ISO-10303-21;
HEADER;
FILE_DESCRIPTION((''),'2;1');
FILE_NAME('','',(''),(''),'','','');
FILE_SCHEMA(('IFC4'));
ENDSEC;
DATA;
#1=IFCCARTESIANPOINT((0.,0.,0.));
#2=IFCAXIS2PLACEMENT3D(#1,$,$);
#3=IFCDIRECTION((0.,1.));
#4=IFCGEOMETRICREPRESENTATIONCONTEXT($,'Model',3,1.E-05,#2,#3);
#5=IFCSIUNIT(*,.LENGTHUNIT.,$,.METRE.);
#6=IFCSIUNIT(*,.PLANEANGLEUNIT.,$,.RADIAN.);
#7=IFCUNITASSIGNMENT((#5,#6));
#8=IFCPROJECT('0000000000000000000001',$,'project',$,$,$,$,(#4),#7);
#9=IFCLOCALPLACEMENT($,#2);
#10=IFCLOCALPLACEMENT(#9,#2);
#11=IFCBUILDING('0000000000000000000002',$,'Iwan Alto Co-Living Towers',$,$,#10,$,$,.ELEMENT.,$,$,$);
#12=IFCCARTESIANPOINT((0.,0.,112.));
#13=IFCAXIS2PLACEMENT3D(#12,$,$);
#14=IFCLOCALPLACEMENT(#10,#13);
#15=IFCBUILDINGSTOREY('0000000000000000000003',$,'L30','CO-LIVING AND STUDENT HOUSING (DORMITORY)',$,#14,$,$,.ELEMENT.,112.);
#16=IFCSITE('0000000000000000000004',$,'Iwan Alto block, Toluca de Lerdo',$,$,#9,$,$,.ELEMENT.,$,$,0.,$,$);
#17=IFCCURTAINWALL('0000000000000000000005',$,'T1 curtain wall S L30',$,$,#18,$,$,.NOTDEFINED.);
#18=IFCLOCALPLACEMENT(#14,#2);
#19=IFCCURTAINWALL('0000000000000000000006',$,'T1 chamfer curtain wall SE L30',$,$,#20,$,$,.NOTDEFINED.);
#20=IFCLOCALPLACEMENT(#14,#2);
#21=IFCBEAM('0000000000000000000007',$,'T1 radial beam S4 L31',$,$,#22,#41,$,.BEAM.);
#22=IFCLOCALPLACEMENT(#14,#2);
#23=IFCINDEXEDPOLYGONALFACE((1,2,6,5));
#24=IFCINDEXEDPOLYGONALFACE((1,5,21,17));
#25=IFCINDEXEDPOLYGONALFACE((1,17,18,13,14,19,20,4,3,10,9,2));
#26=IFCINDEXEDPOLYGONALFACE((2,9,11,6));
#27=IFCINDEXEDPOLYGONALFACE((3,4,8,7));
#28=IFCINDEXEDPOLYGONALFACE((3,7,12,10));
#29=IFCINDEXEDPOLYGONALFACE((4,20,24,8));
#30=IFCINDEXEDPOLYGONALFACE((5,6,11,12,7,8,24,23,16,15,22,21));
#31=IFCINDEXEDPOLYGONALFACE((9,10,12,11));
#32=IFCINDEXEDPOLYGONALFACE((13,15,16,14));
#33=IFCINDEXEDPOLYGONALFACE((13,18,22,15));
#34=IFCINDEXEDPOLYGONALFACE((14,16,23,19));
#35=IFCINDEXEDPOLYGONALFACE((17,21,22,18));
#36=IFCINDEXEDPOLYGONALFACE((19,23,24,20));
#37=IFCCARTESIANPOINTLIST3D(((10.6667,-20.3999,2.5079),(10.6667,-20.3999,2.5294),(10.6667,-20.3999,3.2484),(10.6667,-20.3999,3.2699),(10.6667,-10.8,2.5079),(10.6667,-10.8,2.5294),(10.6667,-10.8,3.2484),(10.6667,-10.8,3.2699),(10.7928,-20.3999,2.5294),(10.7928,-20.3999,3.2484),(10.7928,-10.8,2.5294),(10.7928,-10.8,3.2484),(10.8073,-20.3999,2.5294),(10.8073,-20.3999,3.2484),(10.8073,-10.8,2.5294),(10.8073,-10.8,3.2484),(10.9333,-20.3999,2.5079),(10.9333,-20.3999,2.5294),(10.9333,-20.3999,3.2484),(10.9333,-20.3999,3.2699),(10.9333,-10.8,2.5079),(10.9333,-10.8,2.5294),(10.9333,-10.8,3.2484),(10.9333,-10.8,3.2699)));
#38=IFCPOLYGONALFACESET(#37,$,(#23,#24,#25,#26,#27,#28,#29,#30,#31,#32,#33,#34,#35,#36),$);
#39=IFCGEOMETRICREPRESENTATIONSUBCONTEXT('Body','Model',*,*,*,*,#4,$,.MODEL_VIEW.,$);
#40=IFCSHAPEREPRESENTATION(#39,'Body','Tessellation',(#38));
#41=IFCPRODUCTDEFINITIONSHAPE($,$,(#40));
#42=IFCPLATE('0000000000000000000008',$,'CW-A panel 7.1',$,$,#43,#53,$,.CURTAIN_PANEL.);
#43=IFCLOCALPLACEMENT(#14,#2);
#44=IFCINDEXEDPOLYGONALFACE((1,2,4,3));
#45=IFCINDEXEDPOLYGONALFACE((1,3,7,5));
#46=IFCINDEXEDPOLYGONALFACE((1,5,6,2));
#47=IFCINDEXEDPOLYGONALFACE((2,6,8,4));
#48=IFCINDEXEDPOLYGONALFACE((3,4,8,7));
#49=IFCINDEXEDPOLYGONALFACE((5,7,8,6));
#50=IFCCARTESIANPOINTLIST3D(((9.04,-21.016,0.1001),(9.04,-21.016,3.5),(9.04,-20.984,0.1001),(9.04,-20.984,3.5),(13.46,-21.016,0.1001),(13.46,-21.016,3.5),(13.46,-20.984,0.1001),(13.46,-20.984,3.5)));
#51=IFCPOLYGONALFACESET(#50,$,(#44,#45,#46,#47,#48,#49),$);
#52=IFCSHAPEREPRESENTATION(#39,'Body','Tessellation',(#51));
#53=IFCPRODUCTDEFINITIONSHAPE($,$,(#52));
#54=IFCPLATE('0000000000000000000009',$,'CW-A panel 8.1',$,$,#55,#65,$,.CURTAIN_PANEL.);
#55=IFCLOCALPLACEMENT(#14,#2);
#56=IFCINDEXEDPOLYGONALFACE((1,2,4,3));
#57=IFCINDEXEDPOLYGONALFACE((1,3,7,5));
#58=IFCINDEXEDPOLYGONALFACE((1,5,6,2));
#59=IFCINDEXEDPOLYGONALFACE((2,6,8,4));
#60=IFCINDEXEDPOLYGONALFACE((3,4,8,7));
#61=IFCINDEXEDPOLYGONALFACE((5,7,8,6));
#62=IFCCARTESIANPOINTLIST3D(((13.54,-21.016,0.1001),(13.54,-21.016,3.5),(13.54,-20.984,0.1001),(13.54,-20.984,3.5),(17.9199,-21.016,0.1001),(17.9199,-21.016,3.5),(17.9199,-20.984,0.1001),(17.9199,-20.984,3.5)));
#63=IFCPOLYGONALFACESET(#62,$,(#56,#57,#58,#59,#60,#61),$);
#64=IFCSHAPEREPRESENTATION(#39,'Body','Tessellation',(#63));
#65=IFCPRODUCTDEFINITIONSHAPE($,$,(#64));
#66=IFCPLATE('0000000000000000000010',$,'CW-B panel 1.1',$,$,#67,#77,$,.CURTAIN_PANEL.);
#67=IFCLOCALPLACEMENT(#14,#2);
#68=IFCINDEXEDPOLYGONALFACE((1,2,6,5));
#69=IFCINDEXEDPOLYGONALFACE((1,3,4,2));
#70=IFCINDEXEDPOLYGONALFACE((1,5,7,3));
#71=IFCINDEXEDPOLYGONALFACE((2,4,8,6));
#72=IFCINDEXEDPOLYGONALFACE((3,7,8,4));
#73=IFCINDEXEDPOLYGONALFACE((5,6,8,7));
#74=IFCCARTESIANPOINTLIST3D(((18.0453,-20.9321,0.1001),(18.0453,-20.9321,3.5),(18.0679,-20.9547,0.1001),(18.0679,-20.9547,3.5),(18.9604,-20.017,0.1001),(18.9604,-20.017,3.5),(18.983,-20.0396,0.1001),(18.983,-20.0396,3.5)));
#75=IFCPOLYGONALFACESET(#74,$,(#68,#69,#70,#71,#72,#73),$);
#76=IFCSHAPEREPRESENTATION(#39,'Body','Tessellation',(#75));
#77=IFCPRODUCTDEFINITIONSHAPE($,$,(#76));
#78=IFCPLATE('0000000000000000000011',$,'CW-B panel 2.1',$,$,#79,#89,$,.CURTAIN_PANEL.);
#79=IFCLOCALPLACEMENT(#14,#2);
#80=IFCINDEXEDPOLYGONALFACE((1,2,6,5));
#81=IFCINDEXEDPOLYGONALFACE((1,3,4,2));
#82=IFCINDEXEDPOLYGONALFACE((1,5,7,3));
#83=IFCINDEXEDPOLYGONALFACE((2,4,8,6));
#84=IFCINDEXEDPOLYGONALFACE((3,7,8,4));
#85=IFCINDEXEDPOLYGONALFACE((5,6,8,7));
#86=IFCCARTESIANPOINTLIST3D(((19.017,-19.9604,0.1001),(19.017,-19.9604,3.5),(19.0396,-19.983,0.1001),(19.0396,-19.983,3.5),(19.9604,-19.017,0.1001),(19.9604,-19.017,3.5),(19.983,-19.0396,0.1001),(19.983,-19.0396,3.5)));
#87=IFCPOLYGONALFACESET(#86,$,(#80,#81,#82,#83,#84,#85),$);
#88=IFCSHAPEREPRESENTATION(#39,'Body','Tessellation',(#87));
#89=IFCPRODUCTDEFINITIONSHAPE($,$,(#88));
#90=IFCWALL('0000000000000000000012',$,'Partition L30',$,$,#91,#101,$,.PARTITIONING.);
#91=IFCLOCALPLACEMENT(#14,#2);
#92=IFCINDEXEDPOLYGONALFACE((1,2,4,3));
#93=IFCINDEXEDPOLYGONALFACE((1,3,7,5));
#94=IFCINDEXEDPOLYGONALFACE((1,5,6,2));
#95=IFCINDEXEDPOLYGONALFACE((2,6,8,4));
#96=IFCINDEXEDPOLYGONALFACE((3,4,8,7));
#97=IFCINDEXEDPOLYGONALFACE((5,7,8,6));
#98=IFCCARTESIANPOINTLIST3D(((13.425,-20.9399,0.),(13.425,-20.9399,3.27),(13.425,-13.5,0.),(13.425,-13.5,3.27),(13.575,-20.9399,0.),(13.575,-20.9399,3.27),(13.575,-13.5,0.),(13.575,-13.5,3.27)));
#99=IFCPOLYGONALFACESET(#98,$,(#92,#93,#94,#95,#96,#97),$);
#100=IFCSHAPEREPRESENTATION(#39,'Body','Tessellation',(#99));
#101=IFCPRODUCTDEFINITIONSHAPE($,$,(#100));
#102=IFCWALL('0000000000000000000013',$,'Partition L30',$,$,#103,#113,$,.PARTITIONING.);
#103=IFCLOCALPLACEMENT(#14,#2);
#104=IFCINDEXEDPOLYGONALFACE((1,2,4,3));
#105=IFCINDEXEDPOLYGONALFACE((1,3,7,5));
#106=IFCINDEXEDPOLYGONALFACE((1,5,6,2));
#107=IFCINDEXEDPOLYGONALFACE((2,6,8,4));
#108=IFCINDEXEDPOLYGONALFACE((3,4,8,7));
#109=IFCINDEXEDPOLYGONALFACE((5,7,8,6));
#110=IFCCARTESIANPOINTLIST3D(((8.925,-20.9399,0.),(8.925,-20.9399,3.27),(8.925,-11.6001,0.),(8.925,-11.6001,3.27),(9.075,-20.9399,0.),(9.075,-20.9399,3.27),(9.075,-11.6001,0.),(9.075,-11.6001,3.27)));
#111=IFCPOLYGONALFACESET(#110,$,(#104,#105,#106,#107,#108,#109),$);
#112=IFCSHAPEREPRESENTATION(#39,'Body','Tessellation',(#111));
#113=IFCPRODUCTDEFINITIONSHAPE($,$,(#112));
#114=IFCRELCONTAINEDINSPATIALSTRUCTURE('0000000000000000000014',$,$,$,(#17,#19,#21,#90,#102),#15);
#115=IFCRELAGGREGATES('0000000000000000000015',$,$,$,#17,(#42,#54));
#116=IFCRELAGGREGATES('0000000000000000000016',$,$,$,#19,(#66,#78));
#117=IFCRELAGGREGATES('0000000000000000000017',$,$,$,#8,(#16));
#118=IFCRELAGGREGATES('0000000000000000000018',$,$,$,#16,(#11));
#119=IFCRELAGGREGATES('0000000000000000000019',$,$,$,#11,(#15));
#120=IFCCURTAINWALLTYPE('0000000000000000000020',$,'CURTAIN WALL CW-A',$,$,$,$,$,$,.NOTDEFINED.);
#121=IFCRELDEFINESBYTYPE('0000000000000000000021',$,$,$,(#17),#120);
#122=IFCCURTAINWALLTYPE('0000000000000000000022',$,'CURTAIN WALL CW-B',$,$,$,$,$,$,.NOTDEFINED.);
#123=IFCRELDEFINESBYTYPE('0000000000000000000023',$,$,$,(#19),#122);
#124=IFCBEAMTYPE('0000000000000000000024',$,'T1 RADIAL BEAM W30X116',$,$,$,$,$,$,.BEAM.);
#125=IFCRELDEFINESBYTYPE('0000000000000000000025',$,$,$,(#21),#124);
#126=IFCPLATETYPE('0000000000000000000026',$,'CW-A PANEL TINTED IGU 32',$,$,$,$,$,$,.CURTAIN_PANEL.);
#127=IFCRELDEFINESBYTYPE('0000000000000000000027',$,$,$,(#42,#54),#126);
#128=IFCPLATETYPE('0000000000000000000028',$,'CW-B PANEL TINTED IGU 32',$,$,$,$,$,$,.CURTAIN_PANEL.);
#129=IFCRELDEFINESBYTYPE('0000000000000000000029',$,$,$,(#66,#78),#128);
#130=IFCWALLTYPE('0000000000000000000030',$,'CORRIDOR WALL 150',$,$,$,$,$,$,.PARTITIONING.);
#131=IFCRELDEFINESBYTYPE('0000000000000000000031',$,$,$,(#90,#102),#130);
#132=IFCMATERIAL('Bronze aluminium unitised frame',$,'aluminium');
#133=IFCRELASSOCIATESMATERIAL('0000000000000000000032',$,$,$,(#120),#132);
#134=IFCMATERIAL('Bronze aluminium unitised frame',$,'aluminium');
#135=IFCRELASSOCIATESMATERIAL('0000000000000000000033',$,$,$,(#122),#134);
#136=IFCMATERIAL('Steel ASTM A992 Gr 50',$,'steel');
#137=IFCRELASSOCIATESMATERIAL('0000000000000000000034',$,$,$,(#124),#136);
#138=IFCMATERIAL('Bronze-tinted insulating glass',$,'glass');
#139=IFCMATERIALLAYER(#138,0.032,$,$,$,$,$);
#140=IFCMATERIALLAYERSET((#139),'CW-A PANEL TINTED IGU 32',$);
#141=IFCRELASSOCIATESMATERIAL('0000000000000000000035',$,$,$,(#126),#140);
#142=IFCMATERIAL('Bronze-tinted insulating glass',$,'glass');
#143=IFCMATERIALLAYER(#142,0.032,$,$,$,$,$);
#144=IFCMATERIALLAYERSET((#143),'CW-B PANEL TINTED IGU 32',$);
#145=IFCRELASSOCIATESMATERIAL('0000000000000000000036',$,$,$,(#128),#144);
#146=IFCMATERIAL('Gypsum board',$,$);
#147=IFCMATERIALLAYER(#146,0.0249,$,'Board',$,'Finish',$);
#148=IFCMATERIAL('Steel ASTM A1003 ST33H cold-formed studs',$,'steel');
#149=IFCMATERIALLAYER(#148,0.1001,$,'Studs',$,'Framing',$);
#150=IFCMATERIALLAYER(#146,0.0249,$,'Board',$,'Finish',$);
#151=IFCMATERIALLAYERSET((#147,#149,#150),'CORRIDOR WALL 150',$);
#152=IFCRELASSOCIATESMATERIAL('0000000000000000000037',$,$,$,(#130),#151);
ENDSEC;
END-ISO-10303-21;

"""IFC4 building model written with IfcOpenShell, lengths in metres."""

from ifc_helpers import new_model, si_unit, direction, frame, frame_2d, origin, origin_2d, place, context, subcontext, project, spatial, rectangle, i_section, extrude, material, layer, layer_set, material_profile, profile_set, type_object, element, aggregate, save


model = new_model("IFC4")

# Units and contexts
model_context = context("Model", 3, precision=1e-05, world=origin(), true_north=direction((0.0, 1.0)))
body_context = subcontext(model_context, "Body", "Model", "MODEL_VIEW")
ifc_project = project(units=[si_unit("LENGTHUNIT", "METRE"), si_unit("PLANEANGLEUNIT", "RADIAN")], contexts=[model_context])

# Site, building, storey
site_placement = place(None, origin())
site = spatial("IfcSite", under=ifc_project, at=site_placement, Name="Iwan Alto block, Toluca de Lerdo", CompositionType="ELEMENT", RefElevation=0.0)
building_placement = place(site_placement, origin())
building = spatial("IfcBuilding", under=site, at=building_placement, Name="Iwan Alto Co-Living Towers", CompositionType="ELEMENT")
storey_placement = place(building_placement, frame((0.0, 0.0, 112.0)))
storey = spatial("IfcBuildingStorey", under=building, at=storey_placement, Name="L30", Description="CO-LIVING AND STUDENT HOUSING (DORMITORY)", CompositionType="ELEMENT", Elevation=112.0)

# Curtain walls
ifc_material_1 = material(Name="Bronze aluminium unitised frame", Category="aluminium")
curtain_wall_type_1 = type_object("IfcCurtainWallType", Name="CURTAIN WALL CW-A", PredefinedType="NOTDEFINED", material=ifc_material_1)
curtain_wall_1_placement = place(storey_placement, origin())
curtain_wall_1 = element("IfcCurtainWall", 1, at=curtain_wall_1_placement, inside=storey, type_object=curtain_wall_type_1, Name="T1 curtain wall S L30", PredefinedType="NOTDEFINED")
ifc_material_2 = material(Name="Bronze aluminium unitised frame", Category="aluminium")
curtain_wall_type_2 = type_object("IfcCurtainWallType", Name="CURTAIN WALL CW-B", PredefinedType="NOTDEFINED", material=ifc_material_2)
curtain_wall_2_placement = place(storey_placement, origin())
curtain_wall_2 = element("IfcCurtainWall", 2, at=curtain_wall_2_placement, inside=storey, type_object=curtain_wall_type_2, Name="T1 chamfer curtain wall SE L30", PredefinedType="NOTDEFINED")

# Beam
ifc_material_3 = material(Name="Steel ASTM A992 Gr 50", Category="steel")
ifc_material_profile_1 = material_profile(ifc_material_3, i_section(OverallWidth=0.2666, OverallDepth=0.762, WebThickness=0.0144, FlangeThickness=0.0215, at=origin_2d()), Name="W30X116")
ifc_profile_set_1 = profile_set([ifc_material_profile_1], Name="Steel ASTM A992 Gr 50")
beam_type_1 = type_object("IfcBeamType", Name="T1 RADIAL BEAM W30X116", PredefinedType="BEAM", material=ifc_profile_set_1)
beam_1_placement = place(storey_placement, frame((10.8, -20.3999, 2.8889), z_axis=(0.0, 1.0, 0.0), x_axis=(-1.0, 0.0, 0.0)))
element("IfcBeam", 3, at=beam_1_placement, inside=storey, type_object=beam_type_1, Name="T1 radial beam S4 L31", PredefinedType="BEAM", context=body_context, shape_type="SweptSolid", body=[
    extrude(i_section(OverallWidth=0.2666, OverallDepth=0.762, WebThickness=0.0144, FlangeThickness=0.0215, at=origin_2d()), origin(), (0.0, 0.0, 1.0), 9.5999),
])

# Plates
ifc_material_4 = material(Name="Bronze-tinted insulating glass", Category="glass")
ifc_layer_1 = layer(ifc_material_4, 0.032)
ifc_layer_set_1 = layer_set([ifc_layer_1], Name="CW-A PANEL TINTED IGU 32")
plate_type_1 = type_object("IfcPlateType", Name="CW-A PANEL TINTED IGU 32", PredefinedType="CURTAIN_PANEL", material=ifc_layer_set_1)
plate_1_placement = place(storey_placement, frame((11.25, -21.0, 0.1001), z_axis=(0.0, 0.0, 1.0), x_axis=(1.0, 0.0, 0.0)))
plate_1 = element("IfcPlate", 4, at=plate_1_placement, type_object=plate_type_1, Name="CW-A panel 7.1", PredefinedType="CURTAIN_PANEL", context=body_context, shape_type="SweptSolid", body=[
    extrude(rectangle(XDim=4.4199, YDim=0.032, at=origin_2d()), origin(), (0.0, 0.0, 1.0), 3.3999),
])
plate_2_placement = place(storey_placement, frame((15.73, -21.0, 0.1001), z_axis=(0.0, 0.0, 1.0), x_axis=(1.0, 0.0, 0.0)))
plate_2 = element("IfcPlate", 5, at=plate_2_placement, type_object=plate_type_1, Name="CW-A panel 8.1", PredefinedType="CURTAIN_PANEL", context=body_context, shape_type="SweptSolid", body=[
    extrude(rectangle(XDim=4.3799, YDim=0.032, at=origin_2d()), origin(), (0.0, 0.0, 1.0), 3.3999),
])
aggregate(curtain_wall_1, [plate_1, plate_2])
ifc_material_5 = material(Name="Bronze-tinted insulating glass", Category="glass")
ifc_layer_2 = layer(ifc_material_5, 0.032)
ifc_layer_set_2 = layer_set([ifc_layer_2], Name="CW-B PANEL TINTED IGU 32")
plate_type_2 = type_object("IfcPlateType", Name="CW-B PANEL TINTED IGU 32", PredefinedType="CURTAIN_PANEL", material=ifc_layer_set_2)
plate_3_placement = place(storey_placement, frame((18.5142, -20.4858, 0.1001), z_axis=(0.0, 0.0, 1.0), x_axis=(0.707107, 0.707107, 0.0)))
plate_3 = element("IfcPlate", 6, at=plate_3_placement, type_object=plate_type_2, Name="CW-B panel 1.1", PredefinedType="CURTAIN_PANEL", context=body_context, shape_type="SweptSolid", body=[
    extrude(rectangle(XDim=1.2942, YDim=0.032, at=origin_2d()), origin(), (0.0, 0.0, 1.0), 3.3999),
])
plate_4_placement = place(storey_placement, frame((19.5, -19.5, 0.1001), z_axis=(0.0, 0.0, 1.0), x_axis=(0.707107, 0.707107, 0.0)))
plate_4 = element("IfcPlate", 7, at=plate_4_placement, type_object=plate_type_2, Name="CW-B panel 2.1", PredefinedType="CURTAIN_PANEL", context=body_context, shape_type="SweptSolid", body=[
    extrude(rectangle(XDim=1.3342, YDim=0.032, at=origin_2d()), origin(), (0.0, 0.0, 1.0), 3.3999),
])
aggregate(curtain_wall_2, [plate_3, plate_4])

# Walls
ifc_material_6 = material(Name="Gypsum board")
ifc_layer_3 = layer(ifc_material_6, 0.0249, Name="Board", Category="Finish")
ifc_material_7 = material(Name="Steel ASTM A1003 ST33H cold-formed studs", Category="steel")
ifc_layer_4 = layer(ifc_material_7, 0.1001, Name="Studs", Category="Framing")
ifc_layer_5 = layer(ifc_material_6, 0.0249, Name="Board", Category="Finish")
ifc_layer_set_3 = layer_set([ifc_layer_3, ifc_layer_4, ifc_layer_5], Name="CORRIDOR WALL 150")
wall_type = type_object("IfcWallType", Name="CORRIDOR WALL 150", PredefinedType="PARTITIONING", material=ifc_layer_set_3)
wall_1_placement = place(storey_placement, frame((13.5, -20.9399, 0.0), z_axis=(0.0, 0.0, 1.0), x_axis=(0.0, 1.0, 0.0)))
element("IfcWall", 8, at=wall_1_placement, inside=storey, type_object=wall_type, Name="Partition L30", PredefinedType="PARTITIONING", context=body_context, shape_type="SweptSolid", body=[
    extrude(rectangle(XDim=7.4399, YDim=0.1499, at=frame_2d((3.72, 0.0))), origin(), (0.0, 0.0, 1.0), 3.27),
])
wall_2_placement = place(storey_placement, frame((9.0, -20.9399, 0.0), z_axis=(0.0, 0.0, 1.0), x_axis=(0.0, 1.0, 0.0)))
element("IfcWall", 9, at=wall_2_placement, inside=storey, type_object=wall_type, Name="Partition L30", PredefinedType="PARTITIONING", context=body_context, shape_type="SweptSolid", body=[
    extrude(rectangle(XDim=9.3398, YDim=0.1499, at=frame_2d((4.6699, 0.0))), origin(), (0.0, 0.0, 1.0), 3.27),
])

save(model, "model.ifc")
